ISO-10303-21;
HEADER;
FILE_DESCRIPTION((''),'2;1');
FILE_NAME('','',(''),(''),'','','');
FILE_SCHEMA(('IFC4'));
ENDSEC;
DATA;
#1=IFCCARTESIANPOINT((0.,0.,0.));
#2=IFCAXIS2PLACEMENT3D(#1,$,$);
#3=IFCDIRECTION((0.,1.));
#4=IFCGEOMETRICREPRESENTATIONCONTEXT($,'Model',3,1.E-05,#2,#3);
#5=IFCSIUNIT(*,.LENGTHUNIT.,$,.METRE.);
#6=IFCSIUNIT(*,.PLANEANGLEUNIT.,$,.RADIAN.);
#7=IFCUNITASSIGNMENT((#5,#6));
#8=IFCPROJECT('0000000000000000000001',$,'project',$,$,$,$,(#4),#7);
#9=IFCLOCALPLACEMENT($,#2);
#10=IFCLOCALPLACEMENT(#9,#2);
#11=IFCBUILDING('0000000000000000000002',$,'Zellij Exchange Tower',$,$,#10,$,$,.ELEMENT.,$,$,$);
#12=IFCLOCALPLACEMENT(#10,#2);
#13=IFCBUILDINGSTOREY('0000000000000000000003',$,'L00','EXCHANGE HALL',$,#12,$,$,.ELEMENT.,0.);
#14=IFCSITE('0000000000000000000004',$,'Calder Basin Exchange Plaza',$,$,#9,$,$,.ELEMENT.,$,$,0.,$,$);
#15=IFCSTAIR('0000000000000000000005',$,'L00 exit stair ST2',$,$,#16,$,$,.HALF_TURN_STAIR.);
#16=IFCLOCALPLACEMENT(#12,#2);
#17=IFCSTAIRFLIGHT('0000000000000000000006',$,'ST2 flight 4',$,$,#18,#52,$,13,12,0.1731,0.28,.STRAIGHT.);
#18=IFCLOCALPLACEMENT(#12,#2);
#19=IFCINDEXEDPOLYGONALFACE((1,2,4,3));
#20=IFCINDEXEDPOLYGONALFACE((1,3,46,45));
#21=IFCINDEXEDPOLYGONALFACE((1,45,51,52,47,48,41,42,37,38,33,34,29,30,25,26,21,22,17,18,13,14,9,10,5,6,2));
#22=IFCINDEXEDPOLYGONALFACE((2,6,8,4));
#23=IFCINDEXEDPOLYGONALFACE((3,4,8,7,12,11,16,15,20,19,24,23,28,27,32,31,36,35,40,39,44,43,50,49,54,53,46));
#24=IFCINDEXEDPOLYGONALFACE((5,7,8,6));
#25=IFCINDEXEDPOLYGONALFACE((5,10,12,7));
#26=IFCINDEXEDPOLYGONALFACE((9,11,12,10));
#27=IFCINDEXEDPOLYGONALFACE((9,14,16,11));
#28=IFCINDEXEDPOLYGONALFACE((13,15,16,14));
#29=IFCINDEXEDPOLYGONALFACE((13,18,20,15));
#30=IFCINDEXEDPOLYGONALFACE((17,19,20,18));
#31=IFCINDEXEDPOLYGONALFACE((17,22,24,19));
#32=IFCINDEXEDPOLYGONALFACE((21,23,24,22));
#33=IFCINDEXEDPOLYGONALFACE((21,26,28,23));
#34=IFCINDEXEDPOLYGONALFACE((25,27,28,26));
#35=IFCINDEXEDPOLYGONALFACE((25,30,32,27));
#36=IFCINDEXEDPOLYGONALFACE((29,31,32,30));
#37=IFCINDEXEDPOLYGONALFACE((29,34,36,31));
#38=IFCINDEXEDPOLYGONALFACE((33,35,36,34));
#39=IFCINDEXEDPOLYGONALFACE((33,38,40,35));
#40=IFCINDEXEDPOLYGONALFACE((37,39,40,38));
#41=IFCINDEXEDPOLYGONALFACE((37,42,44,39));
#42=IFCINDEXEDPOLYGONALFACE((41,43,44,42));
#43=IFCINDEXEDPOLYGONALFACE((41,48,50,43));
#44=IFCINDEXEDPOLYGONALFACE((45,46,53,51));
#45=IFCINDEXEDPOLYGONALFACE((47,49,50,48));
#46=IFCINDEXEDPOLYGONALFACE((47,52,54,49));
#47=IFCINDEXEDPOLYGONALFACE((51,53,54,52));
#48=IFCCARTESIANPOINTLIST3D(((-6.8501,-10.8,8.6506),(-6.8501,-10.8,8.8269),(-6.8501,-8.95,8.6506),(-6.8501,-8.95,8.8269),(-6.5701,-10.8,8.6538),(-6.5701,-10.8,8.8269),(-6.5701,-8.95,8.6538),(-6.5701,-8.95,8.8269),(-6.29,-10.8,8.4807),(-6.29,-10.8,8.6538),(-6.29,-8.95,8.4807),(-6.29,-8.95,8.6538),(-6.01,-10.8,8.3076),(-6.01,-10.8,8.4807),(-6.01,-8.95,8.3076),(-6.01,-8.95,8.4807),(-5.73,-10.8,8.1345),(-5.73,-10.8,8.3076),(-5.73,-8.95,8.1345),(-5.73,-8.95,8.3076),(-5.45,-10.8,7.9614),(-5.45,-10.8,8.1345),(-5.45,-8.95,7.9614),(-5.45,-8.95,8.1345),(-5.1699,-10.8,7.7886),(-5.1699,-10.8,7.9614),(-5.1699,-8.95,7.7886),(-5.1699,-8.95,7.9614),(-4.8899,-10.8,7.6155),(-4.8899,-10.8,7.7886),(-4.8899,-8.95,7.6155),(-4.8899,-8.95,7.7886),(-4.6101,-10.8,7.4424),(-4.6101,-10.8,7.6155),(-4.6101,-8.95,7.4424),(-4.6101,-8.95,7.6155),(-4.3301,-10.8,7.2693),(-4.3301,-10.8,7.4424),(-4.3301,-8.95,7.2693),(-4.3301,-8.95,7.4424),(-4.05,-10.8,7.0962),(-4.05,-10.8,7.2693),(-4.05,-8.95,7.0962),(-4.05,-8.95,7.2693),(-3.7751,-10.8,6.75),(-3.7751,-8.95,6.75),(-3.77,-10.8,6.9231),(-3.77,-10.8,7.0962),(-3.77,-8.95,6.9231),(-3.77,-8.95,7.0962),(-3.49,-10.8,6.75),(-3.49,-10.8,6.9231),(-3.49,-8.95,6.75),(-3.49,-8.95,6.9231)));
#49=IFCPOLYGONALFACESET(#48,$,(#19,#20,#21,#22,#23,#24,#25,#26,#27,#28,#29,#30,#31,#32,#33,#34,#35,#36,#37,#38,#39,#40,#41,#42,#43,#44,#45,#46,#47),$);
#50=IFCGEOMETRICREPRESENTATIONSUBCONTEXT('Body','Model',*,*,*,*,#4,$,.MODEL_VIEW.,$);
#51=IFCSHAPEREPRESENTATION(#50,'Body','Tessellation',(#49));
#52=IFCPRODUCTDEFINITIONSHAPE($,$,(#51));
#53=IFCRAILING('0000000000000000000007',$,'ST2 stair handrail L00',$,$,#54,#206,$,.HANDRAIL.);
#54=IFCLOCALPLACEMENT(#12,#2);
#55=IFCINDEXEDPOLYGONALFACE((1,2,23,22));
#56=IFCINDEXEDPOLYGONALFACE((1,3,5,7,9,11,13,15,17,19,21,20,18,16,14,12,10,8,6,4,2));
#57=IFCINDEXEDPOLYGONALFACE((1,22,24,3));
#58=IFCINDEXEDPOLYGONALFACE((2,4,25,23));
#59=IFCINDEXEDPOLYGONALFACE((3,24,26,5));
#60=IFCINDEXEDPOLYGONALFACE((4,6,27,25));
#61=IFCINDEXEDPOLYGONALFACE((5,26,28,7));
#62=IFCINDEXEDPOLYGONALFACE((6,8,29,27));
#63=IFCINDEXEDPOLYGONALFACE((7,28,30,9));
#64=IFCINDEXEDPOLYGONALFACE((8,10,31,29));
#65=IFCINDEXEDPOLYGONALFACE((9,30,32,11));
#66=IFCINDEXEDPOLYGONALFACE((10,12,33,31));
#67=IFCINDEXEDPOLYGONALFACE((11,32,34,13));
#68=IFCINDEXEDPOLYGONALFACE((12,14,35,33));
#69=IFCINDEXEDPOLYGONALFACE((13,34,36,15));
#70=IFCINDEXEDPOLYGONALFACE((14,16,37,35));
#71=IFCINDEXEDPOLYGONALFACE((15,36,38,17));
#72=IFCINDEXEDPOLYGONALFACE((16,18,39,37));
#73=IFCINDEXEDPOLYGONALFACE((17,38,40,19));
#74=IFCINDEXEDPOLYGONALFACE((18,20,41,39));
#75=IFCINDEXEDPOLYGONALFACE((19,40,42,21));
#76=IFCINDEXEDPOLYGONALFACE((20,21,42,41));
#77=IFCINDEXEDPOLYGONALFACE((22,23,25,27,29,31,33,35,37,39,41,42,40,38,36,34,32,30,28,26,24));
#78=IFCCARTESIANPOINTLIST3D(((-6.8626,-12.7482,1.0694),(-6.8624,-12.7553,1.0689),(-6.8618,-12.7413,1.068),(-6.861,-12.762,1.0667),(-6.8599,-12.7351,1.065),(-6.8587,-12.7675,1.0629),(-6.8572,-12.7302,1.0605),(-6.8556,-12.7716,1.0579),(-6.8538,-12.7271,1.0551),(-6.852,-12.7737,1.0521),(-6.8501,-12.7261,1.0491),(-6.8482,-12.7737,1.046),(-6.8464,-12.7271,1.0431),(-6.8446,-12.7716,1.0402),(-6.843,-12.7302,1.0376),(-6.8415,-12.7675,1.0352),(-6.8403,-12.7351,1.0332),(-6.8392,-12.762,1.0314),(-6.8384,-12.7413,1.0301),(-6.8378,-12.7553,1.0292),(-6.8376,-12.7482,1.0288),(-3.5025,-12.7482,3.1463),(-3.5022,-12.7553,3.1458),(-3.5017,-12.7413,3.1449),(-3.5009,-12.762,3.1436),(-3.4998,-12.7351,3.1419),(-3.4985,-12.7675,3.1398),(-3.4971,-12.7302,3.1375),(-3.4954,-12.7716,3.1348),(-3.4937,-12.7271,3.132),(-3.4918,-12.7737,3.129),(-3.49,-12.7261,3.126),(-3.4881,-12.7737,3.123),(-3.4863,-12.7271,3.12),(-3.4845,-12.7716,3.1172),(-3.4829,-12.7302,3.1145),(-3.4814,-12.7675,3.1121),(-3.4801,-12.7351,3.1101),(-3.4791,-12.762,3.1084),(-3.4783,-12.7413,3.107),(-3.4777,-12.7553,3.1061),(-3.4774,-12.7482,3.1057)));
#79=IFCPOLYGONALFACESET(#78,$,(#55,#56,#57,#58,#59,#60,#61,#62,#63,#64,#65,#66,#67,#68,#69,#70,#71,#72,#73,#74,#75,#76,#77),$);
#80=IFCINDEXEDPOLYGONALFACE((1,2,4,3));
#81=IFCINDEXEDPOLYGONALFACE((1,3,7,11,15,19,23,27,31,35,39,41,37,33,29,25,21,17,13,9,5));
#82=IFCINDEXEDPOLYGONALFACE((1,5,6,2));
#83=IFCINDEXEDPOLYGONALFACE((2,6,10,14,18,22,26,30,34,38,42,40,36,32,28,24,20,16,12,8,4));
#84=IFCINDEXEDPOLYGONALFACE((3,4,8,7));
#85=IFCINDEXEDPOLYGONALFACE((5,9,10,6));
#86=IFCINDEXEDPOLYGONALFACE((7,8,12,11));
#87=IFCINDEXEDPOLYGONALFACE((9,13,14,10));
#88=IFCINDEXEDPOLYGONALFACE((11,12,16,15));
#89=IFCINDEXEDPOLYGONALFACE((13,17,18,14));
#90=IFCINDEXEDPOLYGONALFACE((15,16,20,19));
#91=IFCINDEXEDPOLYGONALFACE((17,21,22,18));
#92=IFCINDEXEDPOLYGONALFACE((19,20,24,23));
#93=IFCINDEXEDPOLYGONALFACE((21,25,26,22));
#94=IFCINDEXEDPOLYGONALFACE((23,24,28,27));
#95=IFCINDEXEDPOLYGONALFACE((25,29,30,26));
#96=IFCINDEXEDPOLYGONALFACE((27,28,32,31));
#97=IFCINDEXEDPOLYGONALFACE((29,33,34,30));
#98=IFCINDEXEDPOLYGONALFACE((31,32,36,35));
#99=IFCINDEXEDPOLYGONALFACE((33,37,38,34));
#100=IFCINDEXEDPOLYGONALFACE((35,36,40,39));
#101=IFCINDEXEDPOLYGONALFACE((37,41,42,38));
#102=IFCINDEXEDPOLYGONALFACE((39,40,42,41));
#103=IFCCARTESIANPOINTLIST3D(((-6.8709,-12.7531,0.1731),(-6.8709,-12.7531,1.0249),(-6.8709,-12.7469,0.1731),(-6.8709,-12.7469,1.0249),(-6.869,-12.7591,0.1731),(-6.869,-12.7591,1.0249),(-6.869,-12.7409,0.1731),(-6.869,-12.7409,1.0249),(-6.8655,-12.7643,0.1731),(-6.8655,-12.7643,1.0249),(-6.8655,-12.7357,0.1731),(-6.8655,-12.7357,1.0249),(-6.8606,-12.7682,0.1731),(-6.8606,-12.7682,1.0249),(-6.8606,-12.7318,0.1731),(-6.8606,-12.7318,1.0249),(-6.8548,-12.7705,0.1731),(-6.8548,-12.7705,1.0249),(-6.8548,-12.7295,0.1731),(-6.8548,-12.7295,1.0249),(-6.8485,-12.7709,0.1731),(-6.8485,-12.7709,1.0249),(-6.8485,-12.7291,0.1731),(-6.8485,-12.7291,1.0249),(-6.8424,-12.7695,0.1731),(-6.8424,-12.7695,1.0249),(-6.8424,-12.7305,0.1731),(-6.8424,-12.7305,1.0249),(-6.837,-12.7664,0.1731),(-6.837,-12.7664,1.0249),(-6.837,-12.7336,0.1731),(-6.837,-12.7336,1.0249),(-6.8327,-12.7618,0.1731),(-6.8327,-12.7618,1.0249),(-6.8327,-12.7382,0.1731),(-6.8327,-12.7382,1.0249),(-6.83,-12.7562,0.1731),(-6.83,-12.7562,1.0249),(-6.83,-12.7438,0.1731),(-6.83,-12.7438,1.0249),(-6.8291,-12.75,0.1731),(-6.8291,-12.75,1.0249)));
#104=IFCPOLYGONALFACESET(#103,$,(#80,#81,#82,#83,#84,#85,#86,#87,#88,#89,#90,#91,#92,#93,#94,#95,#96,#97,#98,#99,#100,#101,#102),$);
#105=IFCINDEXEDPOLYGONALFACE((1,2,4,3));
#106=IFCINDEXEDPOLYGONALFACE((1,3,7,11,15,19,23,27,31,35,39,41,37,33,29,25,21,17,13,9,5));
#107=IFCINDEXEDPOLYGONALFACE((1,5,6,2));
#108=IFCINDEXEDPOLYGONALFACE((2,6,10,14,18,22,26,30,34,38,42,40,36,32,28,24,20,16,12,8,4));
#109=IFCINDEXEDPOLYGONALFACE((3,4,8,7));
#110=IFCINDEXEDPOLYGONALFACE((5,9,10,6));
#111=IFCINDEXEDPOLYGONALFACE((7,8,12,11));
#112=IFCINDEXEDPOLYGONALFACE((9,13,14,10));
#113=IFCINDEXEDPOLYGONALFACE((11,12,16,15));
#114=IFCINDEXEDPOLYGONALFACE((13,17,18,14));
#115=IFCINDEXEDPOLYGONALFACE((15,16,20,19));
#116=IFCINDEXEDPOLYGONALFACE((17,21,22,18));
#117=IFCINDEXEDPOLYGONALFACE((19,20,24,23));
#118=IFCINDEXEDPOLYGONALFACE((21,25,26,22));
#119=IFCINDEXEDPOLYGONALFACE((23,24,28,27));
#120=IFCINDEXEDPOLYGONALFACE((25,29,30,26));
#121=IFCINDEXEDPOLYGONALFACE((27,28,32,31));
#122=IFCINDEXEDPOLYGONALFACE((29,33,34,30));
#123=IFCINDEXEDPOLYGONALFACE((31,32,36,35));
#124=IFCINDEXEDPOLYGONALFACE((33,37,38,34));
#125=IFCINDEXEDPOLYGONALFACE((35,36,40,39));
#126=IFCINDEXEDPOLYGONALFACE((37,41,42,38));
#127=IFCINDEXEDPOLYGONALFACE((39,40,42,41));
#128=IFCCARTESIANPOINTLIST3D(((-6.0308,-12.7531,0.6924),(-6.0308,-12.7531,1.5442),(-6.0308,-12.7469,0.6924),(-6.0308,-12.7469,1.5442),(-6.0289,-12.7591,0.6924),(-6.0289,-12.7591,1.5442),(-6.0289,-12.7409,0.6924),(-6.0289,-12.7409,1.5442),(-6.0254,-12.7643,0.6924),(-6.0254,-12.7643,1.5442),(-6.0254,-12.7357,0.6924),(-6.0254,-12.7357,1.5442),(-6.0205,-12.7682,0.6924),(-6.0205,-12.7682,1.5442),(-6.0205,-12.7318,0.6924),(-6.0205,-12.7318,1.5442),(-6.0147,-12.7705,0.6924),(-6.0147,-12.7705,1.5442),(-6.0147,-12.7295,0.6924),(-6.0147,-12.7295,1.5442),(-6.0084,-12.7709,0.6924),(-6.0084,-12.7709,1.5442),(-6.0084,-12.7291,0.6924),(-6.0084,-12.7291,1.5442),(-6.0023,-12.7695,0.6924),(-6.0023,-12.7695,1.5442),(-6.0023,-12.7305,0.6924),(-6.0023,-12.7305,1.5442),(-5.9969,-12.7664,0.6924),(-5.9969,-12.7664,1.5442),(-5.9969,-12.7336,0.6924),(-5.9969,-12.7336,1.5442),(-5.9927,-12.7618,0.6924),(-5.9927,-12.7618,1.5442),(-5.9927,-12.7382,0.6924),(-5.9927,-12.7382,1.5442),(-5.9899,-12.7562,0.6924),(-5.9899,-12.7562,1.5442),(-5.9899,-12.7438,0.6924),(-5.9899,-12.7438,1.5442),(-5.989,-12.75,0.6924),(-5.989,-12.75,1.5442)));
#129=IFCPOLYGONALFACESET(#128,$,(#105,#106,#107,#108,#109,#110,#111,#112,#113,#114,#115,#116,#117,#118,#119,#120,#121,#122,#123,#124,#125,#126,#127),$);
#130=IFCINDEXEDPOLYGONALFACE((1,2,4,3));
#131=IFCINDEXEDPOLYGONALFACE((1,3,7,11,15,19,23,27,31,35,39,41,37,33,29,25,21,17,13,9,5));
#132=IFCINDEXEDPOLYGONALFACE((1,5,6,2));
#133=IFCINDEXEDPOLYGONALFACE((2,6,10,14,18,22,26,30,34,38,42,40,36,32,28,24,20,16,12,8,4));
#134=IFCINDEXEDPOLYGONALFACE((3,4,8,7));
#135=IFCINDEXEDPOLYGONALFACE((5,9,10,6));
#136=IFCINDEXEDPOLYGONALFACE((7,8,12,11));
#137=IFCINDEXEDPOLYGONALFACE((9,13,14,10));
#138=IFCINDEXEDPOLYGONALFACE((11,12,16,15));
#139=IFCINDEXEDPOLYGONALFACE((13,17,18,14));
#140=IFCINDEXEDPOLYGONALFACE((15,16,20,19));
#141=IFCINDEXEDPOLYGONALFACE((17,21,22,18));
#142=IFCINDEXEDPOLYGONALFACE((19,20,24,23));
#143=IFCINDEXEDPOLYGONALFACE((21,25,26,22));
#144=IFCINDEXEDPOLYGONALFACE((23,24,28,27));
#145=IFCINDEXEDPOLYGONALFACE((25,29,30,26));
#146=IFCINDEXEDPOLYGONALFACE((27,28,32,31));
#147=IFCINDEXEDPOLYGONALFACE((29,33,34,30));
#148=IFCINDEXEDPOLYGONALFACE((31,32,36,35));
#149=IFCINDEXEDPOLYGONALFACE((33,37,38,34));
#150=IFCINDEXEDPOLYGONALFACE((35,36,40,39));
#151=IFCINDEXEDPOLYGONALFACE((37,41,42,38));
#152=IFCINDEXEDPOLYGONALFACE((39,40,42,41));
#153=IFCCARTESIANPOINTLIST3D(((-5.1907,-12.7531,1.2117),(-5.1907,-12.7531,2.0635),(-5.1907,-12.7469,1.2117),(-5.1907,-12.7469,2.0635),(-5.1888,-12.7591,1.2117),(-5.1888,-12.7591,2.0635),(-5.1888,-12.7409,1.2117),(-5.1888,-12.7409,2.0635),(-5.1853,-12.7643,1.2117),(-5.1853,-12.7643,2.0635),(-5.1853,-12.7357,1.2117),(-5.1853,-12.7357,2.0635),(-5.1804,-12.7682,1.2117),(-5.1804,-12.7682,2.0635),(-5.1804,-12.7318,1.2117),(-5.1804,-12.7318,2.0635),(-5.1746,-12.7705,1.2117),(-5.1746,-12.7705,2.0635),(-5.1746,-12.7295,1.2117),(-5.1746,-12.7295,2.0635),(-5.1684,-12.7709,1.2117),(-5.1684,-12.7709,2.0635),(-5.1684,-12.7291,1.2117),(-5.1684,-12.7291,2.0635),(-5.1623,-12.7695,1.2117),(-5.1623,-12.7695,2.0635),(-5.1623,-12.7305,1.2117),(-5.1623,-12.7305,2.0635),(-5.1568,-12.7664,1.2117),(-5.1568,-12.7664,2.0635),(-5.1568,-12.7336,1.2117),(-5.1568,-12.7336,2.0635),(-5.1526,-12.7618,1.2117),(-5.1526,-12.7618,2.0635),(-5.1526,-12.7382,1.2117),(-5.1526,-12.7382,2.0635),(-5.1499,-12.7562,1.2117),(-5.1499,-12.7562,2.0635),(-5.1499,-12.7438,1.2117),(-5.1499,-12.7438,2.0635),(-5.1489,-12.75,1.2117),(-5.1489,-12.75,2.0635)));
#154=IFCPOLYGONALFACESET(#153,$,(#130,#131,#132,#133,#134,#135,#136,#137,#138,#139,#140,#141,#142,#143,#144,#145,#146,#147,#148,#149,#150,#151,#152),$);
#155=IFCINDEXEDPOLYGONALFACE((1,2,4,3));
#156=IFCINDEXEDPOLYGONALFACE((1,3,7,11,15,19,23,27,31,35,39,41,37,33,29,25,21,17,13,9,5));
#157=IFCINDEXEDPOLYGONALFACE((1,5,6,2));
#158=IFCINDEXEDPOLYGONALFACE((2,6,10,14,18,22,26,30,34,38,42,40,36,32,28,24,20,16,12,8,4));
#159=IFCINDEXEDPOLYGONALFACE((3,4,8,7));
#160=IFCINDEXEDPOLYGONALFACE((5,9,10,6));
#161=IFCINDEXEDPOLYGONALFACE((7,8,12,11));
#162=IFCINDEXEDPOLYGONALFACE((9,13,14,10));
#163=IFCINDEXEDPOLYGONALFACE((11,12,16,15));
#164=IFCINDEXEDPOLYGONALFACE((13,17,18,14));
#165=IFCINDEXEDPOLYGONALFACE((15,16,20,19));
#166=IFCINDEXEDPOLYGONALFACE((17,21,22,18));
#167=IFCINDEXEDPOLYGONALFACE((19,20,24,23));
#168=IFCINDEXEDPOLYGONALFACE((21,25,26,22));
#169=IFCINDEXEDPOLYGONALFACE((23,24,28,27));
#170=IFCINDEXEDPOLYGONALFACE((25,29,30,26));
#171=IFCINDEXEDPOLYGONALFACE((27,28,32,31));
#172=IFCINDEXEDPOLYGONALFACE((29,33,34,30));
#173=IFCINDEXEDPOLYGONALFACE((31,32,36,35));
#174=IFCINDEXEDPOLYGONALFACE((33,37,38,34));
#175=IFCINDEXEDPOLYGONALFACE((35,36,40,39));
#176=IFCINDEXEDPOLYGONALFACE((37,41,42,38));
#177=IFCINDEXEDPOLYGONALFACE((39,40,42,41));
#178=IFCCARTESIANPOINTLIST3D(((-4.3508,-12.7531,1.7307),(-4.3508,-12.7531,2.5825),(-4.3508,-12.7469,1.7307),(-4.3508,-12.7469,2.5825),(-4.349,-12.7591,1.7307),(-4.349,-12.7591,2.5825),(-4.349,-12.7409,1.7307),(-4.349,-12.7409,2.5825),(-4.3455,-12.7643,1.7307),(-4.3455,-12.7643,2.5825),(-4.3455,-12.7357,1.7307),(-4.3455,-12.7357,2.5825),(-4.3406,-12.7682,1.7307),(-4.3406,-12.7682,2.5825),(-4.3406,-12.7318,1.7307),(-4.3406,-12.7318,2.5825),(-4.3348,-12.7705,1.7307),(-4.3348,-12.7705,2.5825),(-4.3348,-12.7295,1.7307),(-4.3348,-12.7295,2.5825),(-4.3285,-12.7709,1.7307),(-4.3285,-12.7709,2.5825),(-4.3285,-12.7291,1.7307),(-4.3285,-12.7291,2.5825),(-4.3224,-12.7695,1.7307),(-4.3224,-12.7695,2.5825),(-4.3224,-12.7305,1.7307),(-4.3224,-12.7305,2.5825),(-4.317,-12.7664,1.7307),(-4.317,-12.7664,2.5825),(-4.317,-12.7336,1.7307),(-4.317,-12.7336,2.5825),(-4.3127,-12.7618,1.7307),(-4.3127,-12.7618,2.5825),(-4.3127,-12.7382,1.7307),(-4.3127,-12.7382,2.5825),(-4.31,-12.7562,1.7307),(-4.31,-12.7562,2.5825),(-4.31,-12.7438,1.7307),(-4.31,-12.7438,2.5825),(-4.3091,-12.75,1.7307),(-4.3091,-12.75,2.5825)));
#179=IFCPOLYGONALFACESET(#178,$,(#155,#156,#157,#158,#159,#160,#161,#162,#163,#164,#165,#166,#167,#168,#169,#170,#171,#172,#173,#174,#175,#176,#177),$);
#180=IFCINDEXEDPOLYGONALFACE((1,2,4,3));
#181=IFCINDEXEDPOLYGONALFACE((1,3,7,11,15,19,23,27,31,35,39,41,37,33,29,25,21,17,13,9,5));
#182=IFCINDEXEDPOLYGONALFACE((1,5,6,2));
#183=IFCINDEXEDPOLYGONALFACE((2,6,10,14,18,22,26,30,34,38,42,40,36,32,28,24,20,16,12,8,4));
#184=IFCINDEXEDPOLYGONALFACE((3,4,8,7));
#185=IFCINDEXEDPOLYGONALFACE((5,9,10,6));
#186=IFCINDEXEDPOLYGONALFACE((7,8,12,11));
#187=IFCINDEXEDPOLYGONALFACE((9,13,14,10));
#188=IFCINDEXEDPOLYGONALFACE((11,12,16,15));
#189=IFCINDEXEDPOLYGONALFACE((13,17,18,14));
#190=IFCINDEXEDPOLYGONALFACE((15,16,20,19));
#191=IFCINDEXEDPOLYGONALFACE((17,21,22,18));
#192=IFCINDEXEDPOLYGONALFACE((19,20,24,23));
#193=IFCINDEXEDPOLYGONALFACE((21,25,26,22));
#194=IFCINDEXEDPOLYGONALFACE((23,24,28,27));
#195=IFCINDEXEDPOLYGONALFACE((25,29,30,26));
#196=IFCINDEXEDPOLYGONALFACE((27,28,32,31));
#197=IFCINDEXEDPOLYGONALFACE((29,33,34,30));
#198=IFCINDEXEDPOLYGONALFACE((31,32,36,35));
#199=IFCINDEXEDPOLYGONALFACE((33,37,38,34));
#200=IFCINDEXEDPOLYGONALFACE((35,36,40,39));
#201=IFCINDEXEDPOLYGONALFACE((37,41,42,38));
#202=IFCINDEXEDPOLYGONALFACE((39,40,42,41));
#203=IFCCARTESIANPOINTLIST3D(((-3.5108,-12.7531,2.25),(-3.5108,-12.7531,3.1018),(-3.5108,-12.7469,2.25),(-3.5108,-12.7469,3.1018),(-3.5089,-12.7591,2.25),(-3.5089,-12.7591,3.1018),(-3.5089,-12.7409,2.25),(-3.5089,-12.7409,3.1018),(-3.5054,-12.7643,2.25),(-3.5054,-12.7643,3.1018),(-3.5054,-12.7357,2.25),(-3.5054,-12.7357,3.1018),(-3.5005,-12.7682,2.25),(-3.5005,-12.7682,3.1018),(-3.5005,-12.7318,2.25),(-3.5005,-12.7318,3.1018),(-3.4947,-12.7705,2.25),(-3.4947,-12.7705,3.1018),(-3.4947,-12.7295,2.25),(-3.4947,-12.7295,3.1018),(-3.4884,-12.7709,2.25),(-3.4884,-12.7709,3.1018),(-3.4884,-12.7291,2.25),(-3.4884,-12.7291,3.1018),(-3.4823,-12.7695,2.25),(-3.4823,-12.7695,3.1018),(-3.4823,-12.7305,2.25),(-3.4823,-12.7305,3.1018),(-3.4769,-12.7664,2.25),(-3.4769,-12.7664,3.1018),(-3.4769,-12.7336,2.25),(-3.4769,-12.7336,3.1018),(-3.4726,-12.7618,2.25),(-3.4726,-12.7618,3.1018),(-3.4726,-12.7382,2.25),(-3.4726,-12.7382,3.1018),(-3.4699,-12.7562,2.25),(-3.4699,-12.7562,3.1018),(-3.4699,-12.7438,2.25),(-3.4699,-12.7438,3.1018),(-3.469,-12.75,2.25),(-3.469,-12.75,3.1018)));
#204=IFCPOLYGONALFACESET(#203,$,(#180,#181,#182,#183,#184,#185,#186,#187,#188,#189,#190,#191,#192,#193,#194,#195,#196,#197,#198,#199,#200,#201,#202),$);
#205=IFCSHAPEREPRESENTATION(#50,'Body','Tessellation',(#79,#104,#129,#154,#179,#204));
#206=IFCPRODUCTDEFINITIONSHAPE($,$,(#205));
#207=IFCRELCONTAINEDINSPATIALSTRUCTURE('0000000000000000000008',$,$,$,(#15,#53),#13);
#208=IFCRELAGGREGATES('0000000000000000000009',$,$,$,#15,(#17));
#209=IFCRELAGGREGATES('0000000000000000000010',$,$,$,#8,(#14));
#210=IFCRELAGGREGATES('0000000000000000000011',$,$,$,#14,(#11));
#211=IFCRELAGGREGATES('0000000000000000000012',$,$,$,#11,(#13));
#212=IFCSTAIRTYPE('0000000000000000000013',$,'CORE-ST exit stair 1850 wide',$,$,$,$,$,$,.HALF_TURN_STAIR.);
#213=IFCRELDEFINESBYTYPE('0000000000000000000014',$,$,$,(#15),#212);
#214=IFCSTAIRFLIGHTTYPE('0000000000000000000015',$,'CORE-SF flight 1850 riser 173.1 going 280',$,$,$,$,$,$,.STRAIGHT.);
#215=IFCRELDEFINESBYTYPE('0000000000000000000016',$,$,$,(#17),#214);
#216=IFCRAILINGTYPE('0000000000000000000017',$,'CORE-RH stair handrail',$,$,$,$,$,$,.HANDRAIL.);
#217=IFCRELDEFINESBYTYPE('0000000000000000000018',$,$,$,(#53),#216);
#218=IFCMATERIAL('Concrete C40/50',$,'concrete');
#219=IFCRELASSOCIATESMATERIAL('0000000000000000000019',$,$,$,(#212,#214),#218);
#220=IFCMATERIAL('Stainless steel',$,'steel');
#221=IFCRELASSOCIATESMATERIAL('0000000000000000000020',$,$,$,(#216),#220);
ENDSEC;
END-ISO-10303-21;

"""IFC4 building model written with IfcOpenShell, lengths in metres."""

from ifc_helpers import new_model, si_unit, direction, frame, origin, origin_2d, place, context, subcontext, project, spatial, polyline, circle, outline, extrude, material, type_object, element, aggregate, save


model = new_model("IFC4")

# Units and contexts
model_context = context("Model", 3, precision=1e-05, world=origin(), true_north=direction((0.0, 1.0)))
body_context = subcontext(model_context, "Body", "Model", "MODEL_VIEW")
ifc_project = project(units=[si_unit("LENGTHUNIT", "METRE"), si_unit("PLANEANGLEUNIT", "RADIAN")], contexts=[model_context])

# Site, building, storey
site_placement = place(None, origin())
site = spatial("IfcSite", under=ifc_project, at=site_placement, Name="Calder Basin Exchange Plaza", CompositionType="ELEMENT", RefElevation=0.0)
building_placement = place(site_placement, origin())
building = spatial("IfcBuilding", under=site, at=building_placement, Name="Zellij Exchange Tower", CompositionType="ELEMENT")
storey_placement = place(building_placement, origin())
storey = spatial("IfcBuildingStorey", under=building, at=storey_placement, Name="L00", Description="EXCHANGE HALL", CompositionType="ELEMENT", Elevation=0.0)

# Stair, stair flight
ifc_material_1 = material(Name="Concrete C40/50", Category="concrete")
stair_type = type_object("IfcStairType", Name="CORE-ST exit stair 1850 wide", PredefinedType="HALF_TURN_STAIR", material=ifc_material_1)
stair_placement = place(storey_placement, origin())
stair = element("IfcStair", 1, at=stair_placement, inside=storey, type_object=stair_type, Name="L00 exit stair ST2", PredefinedType="HALF_TURN_STAIR")
stair_flight_type = type_object("IfcStairFlightType", Name="CORE-SF flight 1850 riser 173.1 going 280", PredefinedType="STRAIGHT", material=ifc_material_1)
stair_flight_1_placement = place(storey_placement, frame((-3.49, -9.875, 6.75), z_axis=(0.0, 0.0, 1.0), x_axis=(-1.0, 0.0, 0.0)))
stair_flight_1 = element("IfcStairFlight", 2, at=stair_flight_1_placement, type_object=stair_flight_type, Name="ST2 flight 4", NumberOfRisers=13, NumberOfTreads=12, PredefinedType="STRAIGHT", RiserHeight=0.1731, TreadLength=0.28, context=body_context, shape_type="SweptSolid", body=[
    extrude(outline(polyline([(0.0, 0.0), (0.0, 0.1731), (0.28, 0.1731), (0.28, 0.3462), (0.5601, 0.3462), (0.5601, 0.5193), (0.8401, 0.5193), (0.8401, 0.6924), (1.1201, 0.6924), (1.1201, 0.8655), (1.3999, 0.8655), (1.3999, 1.0386), (1.6799, 1.0386), (1.6799, 1.2114), (1.96, 1.2114), (1.96, 1.3845), (2.24, 1.3845), (2.24, 1.5576), (2.52, 1.5576), (2.52, 1.7307), (2.8, 1.7307), (2.8, 1.9038), (3.0801, 1.9038), (3.0801, 2.0769), (3.3601, 2.0769), (3.3601, 2.25), (3.3601, 1.9006), (0.2852, 0.0), (0.0, 0.0)])), frame((0.0, 0.925, 0.0), z_axis=(0.0, -1.0, 0.0), x_axis=(1.0, 0.0, 0.0)), (0.0, 0.0, 1.0), 1.8501),
])
aggregate(stair, [stair_flight_1])

# Railing
ifc_material_2 = material(Name="Stainless steel", Category="steel")
railing_type_1 = type_object("IfcRailingType", Name="CORE-RH stair handrail", PredefinedType="HANDRAIL", material=ifc_material_2)
railing_1_placement = place(storey_placement, frame((-6.8501, -12.75, 0.1731)))
element("IfcRailing", 3, at=railing_1_placement, inside=storey, type_object=railing_type_1, Name="ST2 stair handrail L00", PredefinedType="HANDRAIL", context=body_context, shape_type="SweptSolid", body=[
    extrude(circle(Radius=0.0239, at=origin_2d()), frame((0.0, 0.0, 0.876), z_axis=(0.850623, 0.0, 0.525776), x_axis=(0.0, 1.0, 0.0)), (0.0, 0.0, 1.0), 3.9502),
    extrude(circle(Radius=0.021, at=origin_2d()), origin(), (0.0, 0.0, 1.0), 0.8518),
    extrude(circle(Radius=0.021, at=origin_2d()), frame((0.8401, 0.0, 0.5193)), (0.0, 0.0, 1.0), 0.8518),
    extrude(circle(Radius=0.021, at=origin_2d()), frame((1.6802, 0.0, 1.0386)), (0.0, 0.0, 1.0), 0.8518),
    extrude(circle(Radius=0.021, at=origin_2d()), frame((2.52, 0.0, 1.5576)), (0.0, 0.0, 1.0), 0.8518),
    extrude(circle(Radius=0.021, at=origin_2d()), frame((3.3601, 0.0, 2.0769)), (0.0, 0.0, 1.0), 0.8518),
])

save(model, "model.ifc")
